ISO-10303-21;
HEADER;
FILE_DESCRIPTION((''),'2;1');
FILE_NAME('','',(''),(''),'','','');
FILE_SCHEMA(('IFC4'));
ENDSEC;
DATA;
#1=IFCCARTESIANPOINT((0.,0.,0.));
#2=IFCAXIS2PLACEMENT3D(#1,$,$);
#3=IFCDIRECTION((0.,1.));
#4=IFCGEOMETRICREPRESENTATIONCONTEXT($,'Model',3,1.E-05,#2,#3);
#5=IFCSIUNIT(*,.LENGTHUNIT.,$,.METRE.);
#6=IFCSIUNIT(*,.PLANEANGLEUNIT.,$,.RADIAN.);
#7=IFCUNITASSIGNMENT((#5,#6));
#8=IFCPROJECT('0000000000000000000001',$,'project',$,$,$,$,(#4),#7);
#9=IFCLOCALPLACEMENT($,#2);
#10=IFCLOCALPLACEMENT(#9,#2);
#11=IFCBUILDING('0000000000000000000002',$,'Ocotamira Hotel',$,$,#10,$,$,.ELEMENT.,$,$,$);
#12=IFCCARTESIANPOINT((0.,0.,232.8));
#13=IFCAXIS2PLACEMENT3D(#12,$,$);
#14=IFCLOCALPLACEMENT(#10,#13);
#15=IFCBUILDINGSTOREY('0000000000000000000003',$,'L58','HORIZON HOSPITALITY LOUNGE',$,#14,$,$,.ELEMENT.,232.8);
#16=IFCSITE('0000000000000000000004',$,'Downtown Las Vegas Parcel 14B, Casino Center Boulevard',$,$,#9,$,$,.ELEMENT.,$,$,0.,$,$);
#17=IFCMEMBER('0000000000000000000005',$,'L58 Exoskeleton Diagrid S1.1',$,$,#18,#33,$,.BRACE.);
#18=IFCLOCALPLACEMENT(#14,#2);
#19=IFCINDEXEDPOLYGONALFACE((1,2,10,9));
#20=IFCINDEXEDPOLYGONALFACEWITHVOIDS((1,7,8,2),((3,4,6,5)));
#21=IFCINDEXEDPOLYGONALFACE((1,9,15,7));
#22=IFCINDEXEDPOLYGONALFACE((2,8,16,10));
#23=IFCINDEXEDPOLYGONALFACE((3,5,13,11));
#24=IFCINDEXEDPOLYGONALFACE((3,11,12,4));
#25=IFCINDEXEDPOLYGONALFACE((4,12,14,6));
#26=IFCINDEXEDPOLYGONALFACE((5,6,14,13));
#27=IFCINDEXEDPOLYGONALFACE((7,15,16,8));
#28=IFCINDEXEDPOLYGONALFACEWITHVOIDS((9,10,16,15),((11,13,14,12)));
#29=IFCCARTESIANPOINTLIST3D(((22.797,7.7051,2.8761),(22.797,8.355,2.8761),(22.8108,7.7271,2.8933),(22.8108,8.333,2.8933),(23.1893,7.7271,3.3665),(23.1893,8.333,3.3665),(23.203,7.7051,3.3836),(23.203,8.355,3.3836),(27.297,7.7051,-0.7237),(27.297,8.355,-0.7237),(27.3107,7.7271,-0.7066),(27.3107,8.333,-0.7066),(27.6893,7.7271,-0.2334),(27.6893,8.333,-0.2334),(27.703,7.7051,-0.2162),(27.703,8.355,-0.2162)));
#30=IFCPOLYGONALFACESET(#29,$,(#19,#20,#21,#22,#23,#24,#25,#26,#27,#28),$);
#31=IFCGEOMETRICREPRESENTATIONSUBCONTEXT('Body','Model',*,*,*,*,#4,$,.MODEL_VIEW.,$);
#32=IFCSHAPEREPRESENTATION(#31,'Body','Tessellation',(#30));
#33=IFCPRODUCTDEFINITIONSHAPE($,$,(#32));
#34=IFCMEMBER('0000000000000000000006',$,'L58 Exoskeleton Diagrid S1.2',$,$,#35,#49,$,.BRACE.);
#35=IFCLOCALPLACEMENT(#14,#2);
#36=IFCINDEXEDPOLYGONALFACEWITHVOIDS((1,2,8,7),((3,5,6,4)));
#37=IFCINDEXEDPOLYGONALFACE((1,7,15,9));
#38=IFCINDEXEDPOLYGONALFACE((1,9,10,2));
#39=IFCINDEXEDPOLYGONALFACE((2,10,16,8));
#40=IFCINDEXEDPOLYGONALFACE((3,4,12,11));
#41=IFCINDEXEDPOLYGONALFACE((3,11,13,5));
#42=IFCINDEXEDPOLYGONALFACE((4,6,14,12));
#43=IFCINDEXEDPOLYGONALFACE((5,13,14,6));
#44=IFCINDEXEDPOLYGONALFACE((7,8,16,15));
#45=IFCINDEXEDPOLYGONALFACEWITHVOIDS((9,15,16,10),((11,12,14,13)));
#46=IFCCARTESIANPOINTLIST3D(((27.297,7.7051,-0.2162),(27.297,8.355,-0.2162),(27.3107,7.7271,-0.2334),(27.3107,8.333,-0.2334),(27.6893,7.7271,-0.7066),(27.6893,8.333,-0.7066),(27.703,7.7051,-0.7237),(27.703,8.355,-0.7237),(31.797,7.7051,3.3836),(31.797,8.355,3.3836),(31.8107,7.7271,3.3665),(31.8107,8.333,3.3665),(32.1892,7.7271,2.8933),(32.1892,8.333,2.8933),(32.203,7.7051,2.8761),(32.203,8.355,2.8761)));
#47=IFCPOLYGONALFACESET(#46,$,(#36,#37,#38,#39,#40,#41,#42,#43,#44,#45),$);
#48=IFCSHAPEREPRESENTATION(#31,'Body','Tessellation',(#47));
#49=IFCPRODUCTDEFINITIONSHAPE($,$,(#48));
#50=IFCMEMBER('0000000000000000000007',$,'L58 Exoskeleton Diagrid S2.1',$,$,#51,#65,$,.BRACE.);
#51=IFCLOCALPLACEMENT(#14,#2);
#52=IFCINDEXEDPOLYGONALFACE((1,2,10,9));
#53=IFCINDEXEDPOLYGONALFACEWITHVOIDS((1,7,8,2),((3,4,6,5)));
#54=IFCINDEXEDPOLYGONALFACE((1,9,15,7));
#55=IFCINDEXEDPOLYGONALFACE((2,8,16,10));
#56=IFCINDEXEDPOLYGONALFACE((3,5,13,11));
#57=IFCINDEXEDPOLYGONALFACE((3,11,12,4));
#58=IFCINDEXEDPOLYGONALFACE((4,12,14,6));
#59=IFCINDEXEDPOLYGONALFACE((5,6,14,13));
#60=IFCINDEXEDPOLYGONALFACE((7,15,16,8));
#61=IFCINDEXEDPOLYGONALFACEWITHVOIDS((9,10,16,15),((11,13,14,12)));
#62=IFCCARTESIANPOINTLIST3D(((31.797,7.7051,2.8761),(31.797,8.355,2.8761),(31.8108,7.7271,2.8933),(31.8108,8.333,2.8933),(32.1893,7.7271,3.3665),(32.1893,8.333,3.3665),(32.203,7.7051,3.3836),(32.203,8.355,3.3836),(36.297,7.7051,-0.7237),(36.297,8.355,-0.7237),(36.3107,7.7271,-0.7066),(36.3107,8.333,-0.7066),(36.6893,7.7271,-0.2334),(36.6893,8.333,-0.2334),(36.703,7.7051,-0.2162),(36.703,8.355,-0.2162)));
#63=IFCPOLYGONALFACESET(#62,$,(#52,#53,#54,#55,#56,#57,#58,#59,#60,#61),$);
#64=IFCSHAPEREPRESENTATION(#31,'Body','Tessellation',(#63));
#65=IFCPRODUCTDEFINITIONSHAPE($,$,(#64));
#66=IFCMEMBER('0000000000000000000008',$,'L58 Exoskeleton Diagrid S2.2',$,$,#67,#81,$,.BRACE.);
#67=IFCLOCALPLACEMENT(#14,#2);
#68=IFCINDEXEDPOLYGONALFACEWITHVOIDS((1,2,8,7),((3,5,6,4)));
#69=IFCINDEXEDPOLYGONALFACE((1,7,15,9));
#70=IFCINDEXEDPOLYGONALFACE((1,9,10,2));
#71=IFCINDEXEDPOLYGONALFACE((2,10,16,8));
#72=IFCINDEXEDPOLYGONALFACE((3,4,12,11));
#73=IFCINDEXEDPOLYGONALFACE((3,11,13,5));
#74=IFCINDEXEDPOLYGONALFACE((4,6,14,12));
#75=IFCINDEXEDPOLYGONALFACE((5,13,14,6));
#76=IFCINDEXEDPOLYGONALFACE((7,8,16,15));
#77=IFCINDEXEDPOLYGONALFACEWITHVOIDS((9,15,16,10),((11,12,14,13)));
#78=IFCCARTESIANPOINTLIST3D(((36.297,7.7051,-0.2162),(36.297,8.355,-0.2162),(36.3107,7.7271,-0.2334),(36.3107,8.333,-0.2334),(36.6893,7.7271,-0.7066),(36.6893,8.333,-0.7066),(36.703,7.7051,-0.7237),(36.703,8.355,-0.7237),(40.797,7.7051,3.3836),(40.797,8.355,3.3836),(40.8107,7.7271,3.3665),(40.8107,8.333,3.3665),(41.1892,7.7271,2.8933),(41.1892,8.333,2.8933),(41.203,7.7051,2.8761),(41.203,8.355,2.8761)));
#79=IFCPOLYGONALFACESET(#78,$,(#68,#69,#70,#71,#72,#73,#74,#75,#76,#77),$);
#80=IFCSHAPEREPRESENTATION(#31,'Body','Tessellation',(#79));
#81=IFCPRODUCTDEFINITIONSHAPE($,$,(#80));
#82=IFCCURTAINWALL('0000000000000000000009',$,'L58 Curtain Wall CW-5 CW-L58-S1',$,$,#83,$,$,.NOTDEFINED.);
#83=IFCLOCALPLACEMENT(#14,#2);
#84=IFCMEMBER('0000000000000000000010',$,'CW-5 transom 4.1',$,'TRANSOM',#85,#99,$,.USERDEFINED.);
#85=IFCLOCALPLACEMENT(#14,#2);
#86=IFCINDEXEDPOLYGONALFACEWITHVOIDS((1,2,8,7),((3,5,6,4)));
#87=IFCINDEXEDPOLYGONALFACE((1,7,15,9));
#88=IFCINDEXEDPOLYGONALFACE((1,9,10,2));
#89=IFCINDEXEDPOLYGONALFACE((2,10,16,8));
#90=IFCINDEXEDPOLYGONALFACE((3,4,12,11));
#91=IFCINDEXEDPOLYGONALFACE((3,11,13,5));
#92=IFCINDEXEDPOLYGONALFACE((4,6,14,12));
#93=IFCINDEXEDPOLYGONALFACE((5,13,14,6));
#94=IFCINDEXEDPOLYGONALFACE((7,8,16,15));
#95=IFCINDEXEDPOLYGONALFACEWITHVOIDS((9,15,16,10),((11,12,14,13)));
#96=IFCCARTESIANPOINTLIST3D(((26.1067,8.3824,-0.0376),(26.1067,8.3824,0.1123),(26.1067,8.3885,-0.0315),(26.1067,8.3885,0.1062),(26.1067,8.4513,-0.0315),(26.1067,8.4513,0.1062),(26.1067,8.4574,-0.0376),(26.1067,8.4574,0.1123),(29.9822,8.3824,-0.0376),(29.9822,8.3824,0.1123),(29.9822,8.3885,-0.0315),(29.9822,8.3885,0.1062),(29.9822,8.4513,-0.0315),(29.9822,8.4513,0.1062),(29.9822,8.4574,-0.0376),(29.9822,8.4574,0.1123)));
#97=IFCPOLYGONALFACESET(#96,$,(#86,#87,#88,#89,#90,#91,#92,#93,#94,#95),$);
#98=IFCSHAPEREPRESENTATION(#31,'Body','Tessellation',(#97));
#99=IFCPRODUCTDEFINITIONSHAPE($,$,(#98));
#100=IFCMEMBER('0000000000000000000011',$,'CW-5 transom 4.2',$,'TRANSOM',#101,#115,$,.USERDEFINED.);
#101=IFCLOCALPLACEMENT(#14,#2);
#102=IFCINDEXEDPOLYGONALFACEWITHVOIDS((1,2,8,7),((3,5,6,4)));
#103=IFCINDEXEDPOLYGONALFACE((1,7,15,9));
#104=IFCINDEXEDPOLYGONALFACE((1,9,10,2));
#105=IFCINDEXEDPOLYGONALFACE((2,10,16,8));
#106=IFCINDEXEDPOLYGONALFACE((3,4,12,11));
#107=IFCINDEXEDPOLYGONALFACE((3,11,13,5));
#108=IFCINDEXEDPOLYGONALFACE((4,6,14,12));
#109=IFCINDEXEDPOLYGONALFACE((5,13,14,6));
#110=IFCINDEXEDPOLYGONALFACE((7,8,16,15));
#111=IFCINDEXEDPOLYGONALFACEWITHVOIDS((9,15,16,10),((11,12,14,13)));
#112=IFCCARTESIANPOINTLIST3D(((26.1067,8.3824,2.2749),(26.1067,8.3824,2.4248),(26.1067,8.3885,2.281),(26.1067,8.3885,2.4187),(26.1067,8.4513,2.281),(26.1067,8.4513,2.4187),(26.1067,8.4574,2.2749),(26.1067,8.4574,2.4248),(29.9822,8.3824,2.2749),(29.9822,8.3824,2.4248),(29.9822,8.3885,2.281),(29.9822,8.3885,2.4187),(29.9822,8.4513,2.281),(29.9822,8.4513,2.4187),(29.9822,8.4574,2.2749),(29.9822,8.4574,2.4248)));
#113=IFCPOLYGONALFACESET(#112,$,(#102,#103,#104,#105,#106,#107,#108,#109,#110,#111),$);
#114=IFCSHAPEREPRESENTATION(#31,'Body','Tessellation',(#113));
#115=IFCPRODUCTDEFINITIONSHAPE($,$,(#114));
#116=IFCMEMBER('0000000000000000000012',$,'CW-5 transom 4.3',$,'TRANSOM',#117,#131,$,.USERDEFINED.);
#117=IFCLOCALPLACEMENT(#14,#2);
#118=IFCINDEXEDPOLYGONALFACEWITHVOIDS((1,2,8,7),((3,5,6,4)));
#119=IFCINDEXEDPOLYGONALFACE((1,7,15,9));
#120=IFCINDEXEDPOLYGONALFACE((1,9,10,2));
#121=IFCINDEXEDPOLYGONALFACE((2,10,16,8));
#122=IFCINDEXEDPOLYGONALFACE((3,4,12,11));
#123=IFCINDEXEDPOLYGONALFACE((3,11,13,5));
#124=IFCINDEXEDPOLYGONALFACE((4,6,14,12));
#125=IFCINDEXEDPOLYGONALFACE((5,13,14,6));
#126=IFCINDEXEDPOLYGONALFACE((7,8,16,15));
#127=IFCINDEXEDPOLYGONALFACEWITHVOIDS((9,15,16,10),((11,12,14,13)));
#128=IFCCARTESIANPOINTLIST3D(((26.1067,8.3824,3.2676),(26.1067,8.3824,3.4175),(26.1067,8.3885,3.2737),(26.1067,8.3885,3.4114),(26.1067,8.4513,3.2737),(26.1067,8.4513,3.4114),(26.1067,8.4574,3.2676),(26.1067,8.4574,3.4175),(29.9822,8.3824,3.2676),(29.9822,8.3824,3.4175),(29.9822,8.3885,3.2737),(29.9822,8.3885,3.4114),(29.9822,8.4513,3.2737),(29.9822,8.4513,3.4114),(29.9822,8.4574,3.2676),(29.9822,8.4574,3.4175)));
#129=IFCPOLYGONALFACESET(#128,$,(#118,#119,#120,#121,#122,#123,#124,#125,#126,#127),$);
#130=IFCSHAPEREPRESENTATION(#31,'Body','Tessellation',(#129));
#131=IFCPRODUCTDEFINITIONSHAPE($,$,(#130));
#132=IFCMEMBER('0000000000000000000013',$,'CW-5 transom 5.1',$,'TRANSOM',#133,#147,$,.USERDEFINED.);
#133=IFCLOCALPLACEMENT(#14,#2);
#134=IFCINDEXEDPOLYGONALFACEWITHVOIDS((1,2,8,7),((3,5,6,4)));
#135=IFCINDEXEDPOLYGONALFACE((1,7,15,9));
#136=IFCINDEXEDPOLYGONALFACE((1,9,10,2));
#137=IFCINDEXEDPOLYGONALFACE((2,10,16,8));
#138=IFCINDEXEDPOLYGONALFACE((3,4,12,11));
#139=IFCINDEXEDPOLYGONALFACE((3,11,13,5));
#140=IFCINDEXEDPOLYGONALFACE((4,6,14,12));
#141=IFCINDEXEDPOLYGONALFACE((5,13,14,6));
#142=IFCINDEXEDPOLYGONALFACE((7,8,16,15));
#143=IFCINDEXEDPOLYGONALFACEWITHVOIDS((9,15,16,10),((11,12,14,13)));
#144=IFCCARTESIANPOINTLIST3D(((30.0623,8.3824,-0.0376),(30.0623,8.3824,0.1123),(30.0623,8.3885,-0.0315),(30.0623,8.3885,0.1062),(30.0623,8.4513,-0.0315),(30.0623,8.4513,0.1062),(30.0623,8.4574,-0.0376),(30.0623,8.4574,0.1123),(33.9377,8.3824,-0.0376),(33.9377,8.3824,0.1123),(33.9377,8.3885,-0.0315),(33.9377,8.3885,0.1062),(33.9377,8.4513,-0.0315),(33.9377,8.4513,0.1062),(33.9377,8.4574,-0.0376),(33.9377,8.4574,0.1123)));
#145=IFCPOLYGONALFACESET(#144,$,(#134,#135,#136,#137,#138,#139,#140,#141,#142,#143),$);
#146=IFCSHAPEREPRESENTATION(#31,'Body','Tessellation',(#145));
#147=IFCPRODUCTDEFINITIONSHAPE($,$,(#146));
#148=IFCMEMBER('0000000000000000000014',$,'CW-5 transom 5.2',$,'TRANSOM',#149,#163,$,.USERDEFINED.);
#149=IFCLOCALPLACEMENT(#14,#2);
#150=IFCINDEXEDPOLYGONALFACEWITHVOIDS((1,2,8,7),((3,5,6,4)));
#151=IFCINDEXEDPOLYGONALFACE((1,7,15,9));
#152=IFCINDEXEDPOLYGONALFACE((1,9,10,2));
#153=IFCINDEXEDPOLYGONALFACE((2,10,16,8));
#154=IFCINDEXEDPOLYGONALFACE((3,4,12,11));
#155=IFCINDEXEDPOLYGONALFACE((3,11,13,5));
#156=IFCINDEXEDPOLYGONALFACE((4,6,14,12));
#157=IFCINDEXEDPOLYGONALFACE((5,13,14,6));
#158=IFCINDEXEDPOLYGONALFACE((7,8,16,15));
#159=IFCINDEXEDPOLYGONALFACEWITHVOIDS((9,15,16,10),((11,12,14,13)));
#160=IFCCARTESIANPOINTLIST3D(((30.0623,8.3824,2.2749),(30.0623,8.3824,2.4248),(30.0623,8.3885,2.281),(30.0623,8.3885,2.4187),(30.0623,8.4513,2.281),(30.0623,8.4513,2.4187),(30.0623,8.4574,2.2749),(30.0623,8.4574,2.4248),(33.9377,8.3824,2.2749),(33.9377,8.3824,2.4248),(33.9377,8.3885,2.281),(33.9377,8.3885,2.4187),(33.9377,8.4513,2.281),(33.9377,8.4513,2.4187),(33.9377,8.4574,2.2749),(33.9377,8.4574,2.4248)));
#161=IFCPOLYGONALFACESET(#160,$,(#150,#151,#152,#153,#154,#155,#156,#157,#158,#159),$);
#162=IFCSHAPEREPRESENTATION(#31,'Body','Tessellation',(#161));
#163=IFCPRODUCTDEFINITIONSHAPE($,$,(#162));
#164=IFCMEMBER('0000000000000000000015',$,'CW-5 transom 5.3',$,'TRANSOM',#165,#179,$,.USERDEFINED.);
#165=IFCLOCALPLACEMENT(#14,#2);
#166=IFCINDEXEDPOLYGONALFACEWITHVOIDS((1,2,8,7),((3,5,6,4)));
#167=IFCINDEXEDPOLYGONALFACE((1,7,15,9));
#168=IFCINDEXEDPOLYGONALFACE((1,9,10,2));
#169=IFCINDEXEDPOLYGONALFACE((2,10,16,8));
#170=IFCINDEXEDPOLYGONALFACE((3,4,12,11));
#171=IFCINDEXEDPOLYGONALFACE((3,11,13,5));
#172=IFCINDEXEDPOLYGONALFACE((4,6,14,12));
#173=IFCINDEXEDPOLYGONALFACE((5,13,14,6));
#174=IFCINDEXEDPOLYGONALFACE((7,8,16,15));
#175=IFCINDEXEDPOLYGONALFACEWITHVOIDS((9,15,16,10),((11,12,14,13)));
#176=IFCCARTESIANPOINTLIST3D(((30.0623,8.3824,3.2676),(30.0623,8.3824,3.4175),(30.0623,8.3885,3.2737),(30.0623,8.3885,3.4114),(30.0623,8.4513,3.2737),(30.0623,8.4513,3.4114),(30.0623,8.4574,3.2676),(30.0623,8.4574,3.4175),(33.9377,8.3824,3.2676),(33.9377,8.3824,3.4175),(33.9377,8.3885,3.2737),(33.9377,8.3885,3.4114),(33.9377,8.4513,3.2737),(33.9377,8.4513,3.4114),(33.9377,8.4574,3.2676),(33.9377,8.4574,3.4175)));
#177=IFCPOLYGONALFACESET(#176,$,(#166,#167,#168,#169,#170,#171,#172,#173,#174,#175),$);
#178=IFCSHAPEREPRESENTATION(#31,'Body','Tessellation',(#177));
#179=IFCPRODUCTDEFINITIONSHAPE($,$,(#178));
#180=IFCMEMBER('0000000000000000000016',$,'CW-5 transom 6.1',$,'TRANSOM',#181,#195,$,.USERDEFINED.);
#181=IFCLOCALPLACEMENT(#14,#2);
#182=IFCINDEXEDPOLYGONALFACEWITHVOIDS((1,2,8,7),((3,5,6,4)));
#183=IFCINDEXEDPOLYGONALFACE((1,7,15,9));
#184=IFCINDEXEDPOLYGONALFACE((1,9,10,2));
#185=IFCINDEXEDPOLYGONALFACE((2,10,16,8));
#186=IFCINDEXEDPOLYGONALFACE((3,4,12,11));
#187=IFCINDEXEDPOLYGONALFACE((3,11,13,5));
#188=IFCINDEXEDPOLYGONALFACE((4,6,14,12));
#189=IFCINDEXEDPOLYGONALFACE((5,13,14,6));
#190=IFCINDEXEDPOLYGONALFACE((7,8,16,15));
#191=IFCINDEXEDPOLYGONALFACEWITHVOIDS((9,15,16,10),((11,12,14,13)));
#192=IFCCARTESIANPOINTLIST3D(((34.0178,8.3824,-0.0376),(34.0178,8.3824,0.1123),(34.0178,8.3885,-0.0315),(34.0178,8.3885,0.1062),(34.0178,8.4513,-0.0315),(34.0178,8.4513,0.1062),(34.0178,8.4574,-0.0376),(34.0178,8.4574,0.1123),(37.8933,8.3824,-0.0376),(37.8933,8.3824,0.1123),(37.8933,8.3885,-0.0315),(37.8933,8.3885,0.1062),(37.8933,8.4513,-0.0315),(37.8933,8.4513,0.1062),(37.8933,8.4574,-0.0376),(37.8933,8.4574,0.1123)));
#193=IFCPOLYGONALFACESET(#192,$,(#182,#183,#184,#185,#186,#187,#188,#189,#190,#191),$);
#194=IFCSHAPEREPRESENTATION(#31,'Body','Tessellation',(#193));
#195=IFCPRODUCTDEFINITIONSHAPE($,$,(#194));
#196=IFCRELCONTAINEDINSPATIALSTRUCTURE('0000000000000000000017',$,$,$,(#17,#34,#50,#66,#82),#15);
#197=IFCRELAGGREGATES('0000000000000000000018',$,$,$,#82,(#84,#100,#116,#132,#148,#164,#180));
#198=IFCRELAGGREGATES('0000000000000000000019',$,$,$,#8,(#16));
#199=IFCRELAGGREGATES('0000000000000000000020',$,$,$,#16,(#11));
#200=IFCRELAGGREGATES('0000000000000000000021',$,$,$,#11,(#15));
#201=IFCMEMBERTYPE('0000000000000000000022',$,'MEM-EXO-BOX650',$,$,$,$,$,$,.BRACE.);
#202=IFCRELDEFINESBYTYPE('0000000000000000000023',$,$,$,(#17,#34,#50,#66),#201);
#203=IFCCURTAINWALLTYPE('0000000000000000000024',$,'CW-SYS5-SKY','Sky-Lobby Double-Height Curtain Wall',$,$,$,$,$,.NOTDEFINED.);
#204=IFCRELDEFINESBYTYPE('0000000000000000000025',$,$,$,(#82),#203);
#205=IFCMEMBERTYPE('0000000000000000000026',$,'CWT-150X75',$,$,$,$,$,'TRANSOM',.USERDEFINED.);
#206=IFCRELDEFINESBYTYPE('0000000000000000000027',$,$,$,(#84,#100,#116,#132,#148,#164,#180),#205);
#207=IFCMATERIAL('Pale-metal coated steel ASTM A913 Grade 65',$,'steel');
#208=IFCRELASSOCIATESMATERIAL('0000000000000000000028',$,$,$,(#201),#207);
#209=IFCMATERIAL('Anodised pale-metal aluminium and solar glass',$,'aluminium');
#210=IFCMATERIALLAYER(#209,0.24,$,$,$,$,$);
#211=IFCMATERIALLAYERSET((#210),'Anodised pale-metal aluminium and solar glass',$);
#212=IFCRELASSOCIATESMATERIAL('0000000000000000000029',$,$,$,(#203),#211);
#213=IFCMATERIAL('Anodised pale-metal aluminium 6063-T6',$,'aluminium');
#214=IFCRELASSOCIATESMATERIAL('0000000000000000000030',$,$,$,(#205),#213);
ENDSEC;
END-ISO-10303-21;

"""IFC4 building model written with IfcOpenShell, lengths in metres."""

from ifc_helpers import new_model, si_unit, direction, frame, origin, origin_2d, place, context, subcontext, project, spatial, hollow_rectangle, extrude, source, transform, mapped, material, layer, layer_set, material_profile, profile_set, type_object, element, aggregate, save


model = new_model("IFC4")

# Units and contexts
model_context = context("Model", 3, precision=1e-05, world=origin(), true_north=direction((0.0, 1.0)))
body_context = subcontext(model_context, "Body", "Model", "MODEL_VIEW")
ifc_project = project(units=[si_unit("LENGTHUNIT", "METRE"), si_unit("PLANEANGLEUNIT", "RADIAN")], contexts=[model_context])

# Site, building, storey
site_placement = place(None, origin())
site = spatial("IfcSite", under=ifc_project, at=site_placement, Name="Downtown Las Vegas Parcel 14B, Casino Center Boulevard", CompositionType="ELEMENT", RefElevation=0.0)
building_placement = place(site_placement, origin())
building = spatial("IfcBuilding", under=site, at=building_placement, Name="Ocotamira Hotel", CompositionType="ELEMENT")
storey_placement = place(building_placement, frame((0.0, 0.0, 232.8)))
storey = spatial("IfcBuildingStorey", under=building, at=storey_placement, Name="L58", Description="HORIZON HOSPITALITY LOUNGE", CompositionType="ELEMENT", Elevation=232.8)

# Members
ifc_material_1 = material(Name="Pale-metal coated steel ASTM A913 Grade 65", Category="steel")
ifc_material_profile_1 = material_profile(ifc_material_1, hollow_rectangle(XDim=0.6499, YDim=0.6499, WallThickness=0.022, at=origin_2d()), Name="BOX650X650X22")
ifc_profile_set_1 = profile_set([ifc_material_profile_1], Name="Pale-metal coated steel ASTM A913 Grade 65")
member_type_1 = type_object("IfcMemberType", Name="MEM-EXO-BOX650", PredefinedType="BRACE", material=ifc_profile_set_1)
shared_shape_1 = source(origin(), body_context, "Body", "SweptSolid", [
    extrude(hollow_rectangle(XDim=0.6499, YDim=0.6499, WallThickness=0.022, at=origin_2d()), origin(), (0.0, 0.0, 1.0), 5.7627),
])
for number, where, z_axis, x_axis, name in (
    (1, (27.5, 8.03, -0.47), (-0.780881, 0.0, 0.62468), (0.0, -1.0, 0.0), "L58 Exoskeleton Diagrid S1.1"),
    (2, (27.5, 8.03, -0.47), (0.780881, 0.0, 0.62468), (0.0, 1.0, 0.0), "L58 Exoskeleton Diagrid S1.2"),
    (3, (36.5, 8.03, -0.47), (-0.780881, 0.0, 0.62468), (0.0, -1.0, 0.0), "L58 Exoskeleton Diagrid S2.1"),
    (4, (36.5, 8.03, -0.47), (0.780881, 0.0, 0.62468), (0.0, 1.0, 0.0), "L58 Exoskeleton Diagrid S2.2"),
):
    element("IfcMember", number, at=place(storey_placement, frame(where, z_axis=z_axis, x_axis=x_axis)), inside=storey, type_object=member_type_1, Name=name, PredefinedType="BRACE", context=body_context, shape_type="MappedRepresentation", body=[
        mapped(shared_shape_1, transform((0.0, 0.0, 0.0), scale=1.0)),
    ])

# Curtain wall, members
ifc_material_2 = material(Name="Anodised pale-metal aluminium and solar glass", Category="aluminium")
ifc_layer_1 = layer(ifc_material_2, 0.24)
ifc_layer_set_1 = layer_set([ifc_layer_1], Name="Anodised pale-metal aluminium and solar glass")
curtain_wall_type = type_object("IfcCurtainWallType", Name="CW-SYS5-SKY", Description="Sky-Lobby Double-Height Curtain Wall", PredefinedType="NOTDEFINED", material=ifc_layer_set_1)
curtain_wall_placement = place(storey_placement, origin())
curtain_wall = element("IfcCurtainWall", 5, at=curtain_wall_placement, inside=storey, type_object=curtain_wall_type, Name="L58 Curtain Wall CW-5 CW-L58-S1", PredefinedType="NOTDEFINED")
ifc_material_3 = material(Name="Anodised pale-metal aluminium 6063-T6", Category="aluminium")
ifc_material_profile_2 = material_profile(ifc_material_3, hollow_rectangle(XDim=0.075, YDim=0.1499, WallThickness=0.0061, at=origin_2d()), Name="HSS150X75X6")
ifc_profile_set_2 = profile_set([ifc_material_profile_2], Name="Anodised pale-metal aluminium 6063-T6")
member_type_2 = type_object("IfcMemberType", Name="CWT-150X75", ElementType="TRANSOM", PredefinedType="USERDEFINED", material=ifc_profile_set_2)
shared_shape_2 = source(origin(), body_context, "Body", "SweptSolid", [
    extrude(hollow_rectangle(XDim=0.075, YDim=0.1499, WallThickness=0.0061, at=origin_2d()), origin(), (0.0, 0.0, 1.0), 3.8755),
])
member_1_placement = place(storey_placement, frame((26.1067, 8.4199, 0.0374), z_axis=(1.0, 0.0, 0.0), x_axis=(0.0, 1.0, 0.0)))
member_1 = element("IfcMember", 6, at=member_1_placement, type_object=member_type_2, Name="CW-5 transom 4.1", ObjectType="TRANSOM", PredefinedType="USERDEFINED", context=body_context, shape_type="MappedRepresentation", body=[
    mapped(shared_shape_2, transform((0.0, 0.0, 0.0), scale=1.0)),
])
member_2_placement = place(storey_placement, frame((26.1067, 8.4199, 2.3499), z_axis=(1.0, 0.0, 0.0), x_axis=(0.0, 1.0, 0.0)))
member_2 = element("IfcMember", 7, at=member_2_placement, type_object=member_type_2, Name="CW-5 transom 4.2", ObjectType="TRANSOM", PredefinedType="USERDEFINED", context=body_context, shape_type="MappedRepresentation", body=[
    mapped(shared_shape_2, transform((0.0, 0.0, 0.0), scale=1.0)),
])
member_3_placement = place(storey_placement, frame((26.1067, 8.4199, 3.3425), z_axis=(1.0, 0.0, 0.0), x_axis=(0.0, 1.0, 0.0)))
member_3 = element("IfcMember", 8, at=member_3_placement, type_object=member_type_2, Name="CW-5 transom 4.3", ObjectType="TRANSOM", PredefinedType="USERDEFINED", context=body_context, shape_type="MappedRepresentation", body=[
    mapped(shared_shape_2, transform((0.0, 0.0, 0.0), scale=1.0)),
])
member_4_placement = place(storey_placement, frame((30.0623, 8.4199, 0.0374), z_axis=(1.0, 0.0, 0.0), x_axis=(0.0, 1.0, 0.0)))
member_4 = element("IfcMember", 9, at=member_4_placement, type_object=member_type_2, Name="CW-5 transom 5.1", ObjectType="TRANSOM", PredefinedType="USERDEFINED", context=body_context, shape_type="MappedRepresentation", body=[
    mapped(shared_shape_2, transform((0.0, 0.0, 0.0), scale=1.0)),
])
member_5_placement = place(storey_placement, frame((30.0623, 8.4199, 2.3499), z_axis=(1.0, 0.0, 0.0), x_axis=(0.0, 1.0, 0.0)))
member_5 = element("IfcMember", 10, at=member_5_placement, type_object=member_type_2, Name="CW-5 transom 5.2", ObjectType="TRANSOM", PredefinedType="USERDEFINED", context=body_context, shape_type="MappedRepresentation", body=[
    mapped(shared_shape_2, transform((0.0, 0.0, 0.0), scale=1.0)),
])
member_6_placement = place(storey_placement, frame((30.0623, 8.4199, 3.3425), z_axis=(1.0, 0.0, 0.0), x_axis=(0.0, 1.0, 0.0)))
member_6 = element("IfcMember", 11, at=member_6_placement, type_object=member_type_2, Name="CW-5 transom 5.3", ObjectType="TRANSOM", PredefinedType="USERDEFINED", context=body_context, shape_type="MappedRepresentation", body=[
    mapped(shared_shape_2, transform((0.0, 0.0, 0.0), scale=1.0)),
])
member_7_placement = place(storey_placement, frame((34.0178, 8.4199, 0.0374), z_axis=(1.0, 0.0, 0.0), x_axis=(0.0, 1.0, 0.0)))
member_7 = element("IfcMember", 12, at=member_7_placement, type_object=member_type_2, Name="CW-5 transom 6.1", ObjectType="TRANSOM", PredefinedType="USERDEFINED", context=body_context, shape_type="MappedRepresentation", body=[
    mapped(shared_shape_2, transform((0.0, 0.0, 0.0), scale=1.0)),
])

aggregate(curtain_wall, [member_1, member_2, member_3, member_4, member_5, member_6, member_7])

save(model, "model.ifc")
